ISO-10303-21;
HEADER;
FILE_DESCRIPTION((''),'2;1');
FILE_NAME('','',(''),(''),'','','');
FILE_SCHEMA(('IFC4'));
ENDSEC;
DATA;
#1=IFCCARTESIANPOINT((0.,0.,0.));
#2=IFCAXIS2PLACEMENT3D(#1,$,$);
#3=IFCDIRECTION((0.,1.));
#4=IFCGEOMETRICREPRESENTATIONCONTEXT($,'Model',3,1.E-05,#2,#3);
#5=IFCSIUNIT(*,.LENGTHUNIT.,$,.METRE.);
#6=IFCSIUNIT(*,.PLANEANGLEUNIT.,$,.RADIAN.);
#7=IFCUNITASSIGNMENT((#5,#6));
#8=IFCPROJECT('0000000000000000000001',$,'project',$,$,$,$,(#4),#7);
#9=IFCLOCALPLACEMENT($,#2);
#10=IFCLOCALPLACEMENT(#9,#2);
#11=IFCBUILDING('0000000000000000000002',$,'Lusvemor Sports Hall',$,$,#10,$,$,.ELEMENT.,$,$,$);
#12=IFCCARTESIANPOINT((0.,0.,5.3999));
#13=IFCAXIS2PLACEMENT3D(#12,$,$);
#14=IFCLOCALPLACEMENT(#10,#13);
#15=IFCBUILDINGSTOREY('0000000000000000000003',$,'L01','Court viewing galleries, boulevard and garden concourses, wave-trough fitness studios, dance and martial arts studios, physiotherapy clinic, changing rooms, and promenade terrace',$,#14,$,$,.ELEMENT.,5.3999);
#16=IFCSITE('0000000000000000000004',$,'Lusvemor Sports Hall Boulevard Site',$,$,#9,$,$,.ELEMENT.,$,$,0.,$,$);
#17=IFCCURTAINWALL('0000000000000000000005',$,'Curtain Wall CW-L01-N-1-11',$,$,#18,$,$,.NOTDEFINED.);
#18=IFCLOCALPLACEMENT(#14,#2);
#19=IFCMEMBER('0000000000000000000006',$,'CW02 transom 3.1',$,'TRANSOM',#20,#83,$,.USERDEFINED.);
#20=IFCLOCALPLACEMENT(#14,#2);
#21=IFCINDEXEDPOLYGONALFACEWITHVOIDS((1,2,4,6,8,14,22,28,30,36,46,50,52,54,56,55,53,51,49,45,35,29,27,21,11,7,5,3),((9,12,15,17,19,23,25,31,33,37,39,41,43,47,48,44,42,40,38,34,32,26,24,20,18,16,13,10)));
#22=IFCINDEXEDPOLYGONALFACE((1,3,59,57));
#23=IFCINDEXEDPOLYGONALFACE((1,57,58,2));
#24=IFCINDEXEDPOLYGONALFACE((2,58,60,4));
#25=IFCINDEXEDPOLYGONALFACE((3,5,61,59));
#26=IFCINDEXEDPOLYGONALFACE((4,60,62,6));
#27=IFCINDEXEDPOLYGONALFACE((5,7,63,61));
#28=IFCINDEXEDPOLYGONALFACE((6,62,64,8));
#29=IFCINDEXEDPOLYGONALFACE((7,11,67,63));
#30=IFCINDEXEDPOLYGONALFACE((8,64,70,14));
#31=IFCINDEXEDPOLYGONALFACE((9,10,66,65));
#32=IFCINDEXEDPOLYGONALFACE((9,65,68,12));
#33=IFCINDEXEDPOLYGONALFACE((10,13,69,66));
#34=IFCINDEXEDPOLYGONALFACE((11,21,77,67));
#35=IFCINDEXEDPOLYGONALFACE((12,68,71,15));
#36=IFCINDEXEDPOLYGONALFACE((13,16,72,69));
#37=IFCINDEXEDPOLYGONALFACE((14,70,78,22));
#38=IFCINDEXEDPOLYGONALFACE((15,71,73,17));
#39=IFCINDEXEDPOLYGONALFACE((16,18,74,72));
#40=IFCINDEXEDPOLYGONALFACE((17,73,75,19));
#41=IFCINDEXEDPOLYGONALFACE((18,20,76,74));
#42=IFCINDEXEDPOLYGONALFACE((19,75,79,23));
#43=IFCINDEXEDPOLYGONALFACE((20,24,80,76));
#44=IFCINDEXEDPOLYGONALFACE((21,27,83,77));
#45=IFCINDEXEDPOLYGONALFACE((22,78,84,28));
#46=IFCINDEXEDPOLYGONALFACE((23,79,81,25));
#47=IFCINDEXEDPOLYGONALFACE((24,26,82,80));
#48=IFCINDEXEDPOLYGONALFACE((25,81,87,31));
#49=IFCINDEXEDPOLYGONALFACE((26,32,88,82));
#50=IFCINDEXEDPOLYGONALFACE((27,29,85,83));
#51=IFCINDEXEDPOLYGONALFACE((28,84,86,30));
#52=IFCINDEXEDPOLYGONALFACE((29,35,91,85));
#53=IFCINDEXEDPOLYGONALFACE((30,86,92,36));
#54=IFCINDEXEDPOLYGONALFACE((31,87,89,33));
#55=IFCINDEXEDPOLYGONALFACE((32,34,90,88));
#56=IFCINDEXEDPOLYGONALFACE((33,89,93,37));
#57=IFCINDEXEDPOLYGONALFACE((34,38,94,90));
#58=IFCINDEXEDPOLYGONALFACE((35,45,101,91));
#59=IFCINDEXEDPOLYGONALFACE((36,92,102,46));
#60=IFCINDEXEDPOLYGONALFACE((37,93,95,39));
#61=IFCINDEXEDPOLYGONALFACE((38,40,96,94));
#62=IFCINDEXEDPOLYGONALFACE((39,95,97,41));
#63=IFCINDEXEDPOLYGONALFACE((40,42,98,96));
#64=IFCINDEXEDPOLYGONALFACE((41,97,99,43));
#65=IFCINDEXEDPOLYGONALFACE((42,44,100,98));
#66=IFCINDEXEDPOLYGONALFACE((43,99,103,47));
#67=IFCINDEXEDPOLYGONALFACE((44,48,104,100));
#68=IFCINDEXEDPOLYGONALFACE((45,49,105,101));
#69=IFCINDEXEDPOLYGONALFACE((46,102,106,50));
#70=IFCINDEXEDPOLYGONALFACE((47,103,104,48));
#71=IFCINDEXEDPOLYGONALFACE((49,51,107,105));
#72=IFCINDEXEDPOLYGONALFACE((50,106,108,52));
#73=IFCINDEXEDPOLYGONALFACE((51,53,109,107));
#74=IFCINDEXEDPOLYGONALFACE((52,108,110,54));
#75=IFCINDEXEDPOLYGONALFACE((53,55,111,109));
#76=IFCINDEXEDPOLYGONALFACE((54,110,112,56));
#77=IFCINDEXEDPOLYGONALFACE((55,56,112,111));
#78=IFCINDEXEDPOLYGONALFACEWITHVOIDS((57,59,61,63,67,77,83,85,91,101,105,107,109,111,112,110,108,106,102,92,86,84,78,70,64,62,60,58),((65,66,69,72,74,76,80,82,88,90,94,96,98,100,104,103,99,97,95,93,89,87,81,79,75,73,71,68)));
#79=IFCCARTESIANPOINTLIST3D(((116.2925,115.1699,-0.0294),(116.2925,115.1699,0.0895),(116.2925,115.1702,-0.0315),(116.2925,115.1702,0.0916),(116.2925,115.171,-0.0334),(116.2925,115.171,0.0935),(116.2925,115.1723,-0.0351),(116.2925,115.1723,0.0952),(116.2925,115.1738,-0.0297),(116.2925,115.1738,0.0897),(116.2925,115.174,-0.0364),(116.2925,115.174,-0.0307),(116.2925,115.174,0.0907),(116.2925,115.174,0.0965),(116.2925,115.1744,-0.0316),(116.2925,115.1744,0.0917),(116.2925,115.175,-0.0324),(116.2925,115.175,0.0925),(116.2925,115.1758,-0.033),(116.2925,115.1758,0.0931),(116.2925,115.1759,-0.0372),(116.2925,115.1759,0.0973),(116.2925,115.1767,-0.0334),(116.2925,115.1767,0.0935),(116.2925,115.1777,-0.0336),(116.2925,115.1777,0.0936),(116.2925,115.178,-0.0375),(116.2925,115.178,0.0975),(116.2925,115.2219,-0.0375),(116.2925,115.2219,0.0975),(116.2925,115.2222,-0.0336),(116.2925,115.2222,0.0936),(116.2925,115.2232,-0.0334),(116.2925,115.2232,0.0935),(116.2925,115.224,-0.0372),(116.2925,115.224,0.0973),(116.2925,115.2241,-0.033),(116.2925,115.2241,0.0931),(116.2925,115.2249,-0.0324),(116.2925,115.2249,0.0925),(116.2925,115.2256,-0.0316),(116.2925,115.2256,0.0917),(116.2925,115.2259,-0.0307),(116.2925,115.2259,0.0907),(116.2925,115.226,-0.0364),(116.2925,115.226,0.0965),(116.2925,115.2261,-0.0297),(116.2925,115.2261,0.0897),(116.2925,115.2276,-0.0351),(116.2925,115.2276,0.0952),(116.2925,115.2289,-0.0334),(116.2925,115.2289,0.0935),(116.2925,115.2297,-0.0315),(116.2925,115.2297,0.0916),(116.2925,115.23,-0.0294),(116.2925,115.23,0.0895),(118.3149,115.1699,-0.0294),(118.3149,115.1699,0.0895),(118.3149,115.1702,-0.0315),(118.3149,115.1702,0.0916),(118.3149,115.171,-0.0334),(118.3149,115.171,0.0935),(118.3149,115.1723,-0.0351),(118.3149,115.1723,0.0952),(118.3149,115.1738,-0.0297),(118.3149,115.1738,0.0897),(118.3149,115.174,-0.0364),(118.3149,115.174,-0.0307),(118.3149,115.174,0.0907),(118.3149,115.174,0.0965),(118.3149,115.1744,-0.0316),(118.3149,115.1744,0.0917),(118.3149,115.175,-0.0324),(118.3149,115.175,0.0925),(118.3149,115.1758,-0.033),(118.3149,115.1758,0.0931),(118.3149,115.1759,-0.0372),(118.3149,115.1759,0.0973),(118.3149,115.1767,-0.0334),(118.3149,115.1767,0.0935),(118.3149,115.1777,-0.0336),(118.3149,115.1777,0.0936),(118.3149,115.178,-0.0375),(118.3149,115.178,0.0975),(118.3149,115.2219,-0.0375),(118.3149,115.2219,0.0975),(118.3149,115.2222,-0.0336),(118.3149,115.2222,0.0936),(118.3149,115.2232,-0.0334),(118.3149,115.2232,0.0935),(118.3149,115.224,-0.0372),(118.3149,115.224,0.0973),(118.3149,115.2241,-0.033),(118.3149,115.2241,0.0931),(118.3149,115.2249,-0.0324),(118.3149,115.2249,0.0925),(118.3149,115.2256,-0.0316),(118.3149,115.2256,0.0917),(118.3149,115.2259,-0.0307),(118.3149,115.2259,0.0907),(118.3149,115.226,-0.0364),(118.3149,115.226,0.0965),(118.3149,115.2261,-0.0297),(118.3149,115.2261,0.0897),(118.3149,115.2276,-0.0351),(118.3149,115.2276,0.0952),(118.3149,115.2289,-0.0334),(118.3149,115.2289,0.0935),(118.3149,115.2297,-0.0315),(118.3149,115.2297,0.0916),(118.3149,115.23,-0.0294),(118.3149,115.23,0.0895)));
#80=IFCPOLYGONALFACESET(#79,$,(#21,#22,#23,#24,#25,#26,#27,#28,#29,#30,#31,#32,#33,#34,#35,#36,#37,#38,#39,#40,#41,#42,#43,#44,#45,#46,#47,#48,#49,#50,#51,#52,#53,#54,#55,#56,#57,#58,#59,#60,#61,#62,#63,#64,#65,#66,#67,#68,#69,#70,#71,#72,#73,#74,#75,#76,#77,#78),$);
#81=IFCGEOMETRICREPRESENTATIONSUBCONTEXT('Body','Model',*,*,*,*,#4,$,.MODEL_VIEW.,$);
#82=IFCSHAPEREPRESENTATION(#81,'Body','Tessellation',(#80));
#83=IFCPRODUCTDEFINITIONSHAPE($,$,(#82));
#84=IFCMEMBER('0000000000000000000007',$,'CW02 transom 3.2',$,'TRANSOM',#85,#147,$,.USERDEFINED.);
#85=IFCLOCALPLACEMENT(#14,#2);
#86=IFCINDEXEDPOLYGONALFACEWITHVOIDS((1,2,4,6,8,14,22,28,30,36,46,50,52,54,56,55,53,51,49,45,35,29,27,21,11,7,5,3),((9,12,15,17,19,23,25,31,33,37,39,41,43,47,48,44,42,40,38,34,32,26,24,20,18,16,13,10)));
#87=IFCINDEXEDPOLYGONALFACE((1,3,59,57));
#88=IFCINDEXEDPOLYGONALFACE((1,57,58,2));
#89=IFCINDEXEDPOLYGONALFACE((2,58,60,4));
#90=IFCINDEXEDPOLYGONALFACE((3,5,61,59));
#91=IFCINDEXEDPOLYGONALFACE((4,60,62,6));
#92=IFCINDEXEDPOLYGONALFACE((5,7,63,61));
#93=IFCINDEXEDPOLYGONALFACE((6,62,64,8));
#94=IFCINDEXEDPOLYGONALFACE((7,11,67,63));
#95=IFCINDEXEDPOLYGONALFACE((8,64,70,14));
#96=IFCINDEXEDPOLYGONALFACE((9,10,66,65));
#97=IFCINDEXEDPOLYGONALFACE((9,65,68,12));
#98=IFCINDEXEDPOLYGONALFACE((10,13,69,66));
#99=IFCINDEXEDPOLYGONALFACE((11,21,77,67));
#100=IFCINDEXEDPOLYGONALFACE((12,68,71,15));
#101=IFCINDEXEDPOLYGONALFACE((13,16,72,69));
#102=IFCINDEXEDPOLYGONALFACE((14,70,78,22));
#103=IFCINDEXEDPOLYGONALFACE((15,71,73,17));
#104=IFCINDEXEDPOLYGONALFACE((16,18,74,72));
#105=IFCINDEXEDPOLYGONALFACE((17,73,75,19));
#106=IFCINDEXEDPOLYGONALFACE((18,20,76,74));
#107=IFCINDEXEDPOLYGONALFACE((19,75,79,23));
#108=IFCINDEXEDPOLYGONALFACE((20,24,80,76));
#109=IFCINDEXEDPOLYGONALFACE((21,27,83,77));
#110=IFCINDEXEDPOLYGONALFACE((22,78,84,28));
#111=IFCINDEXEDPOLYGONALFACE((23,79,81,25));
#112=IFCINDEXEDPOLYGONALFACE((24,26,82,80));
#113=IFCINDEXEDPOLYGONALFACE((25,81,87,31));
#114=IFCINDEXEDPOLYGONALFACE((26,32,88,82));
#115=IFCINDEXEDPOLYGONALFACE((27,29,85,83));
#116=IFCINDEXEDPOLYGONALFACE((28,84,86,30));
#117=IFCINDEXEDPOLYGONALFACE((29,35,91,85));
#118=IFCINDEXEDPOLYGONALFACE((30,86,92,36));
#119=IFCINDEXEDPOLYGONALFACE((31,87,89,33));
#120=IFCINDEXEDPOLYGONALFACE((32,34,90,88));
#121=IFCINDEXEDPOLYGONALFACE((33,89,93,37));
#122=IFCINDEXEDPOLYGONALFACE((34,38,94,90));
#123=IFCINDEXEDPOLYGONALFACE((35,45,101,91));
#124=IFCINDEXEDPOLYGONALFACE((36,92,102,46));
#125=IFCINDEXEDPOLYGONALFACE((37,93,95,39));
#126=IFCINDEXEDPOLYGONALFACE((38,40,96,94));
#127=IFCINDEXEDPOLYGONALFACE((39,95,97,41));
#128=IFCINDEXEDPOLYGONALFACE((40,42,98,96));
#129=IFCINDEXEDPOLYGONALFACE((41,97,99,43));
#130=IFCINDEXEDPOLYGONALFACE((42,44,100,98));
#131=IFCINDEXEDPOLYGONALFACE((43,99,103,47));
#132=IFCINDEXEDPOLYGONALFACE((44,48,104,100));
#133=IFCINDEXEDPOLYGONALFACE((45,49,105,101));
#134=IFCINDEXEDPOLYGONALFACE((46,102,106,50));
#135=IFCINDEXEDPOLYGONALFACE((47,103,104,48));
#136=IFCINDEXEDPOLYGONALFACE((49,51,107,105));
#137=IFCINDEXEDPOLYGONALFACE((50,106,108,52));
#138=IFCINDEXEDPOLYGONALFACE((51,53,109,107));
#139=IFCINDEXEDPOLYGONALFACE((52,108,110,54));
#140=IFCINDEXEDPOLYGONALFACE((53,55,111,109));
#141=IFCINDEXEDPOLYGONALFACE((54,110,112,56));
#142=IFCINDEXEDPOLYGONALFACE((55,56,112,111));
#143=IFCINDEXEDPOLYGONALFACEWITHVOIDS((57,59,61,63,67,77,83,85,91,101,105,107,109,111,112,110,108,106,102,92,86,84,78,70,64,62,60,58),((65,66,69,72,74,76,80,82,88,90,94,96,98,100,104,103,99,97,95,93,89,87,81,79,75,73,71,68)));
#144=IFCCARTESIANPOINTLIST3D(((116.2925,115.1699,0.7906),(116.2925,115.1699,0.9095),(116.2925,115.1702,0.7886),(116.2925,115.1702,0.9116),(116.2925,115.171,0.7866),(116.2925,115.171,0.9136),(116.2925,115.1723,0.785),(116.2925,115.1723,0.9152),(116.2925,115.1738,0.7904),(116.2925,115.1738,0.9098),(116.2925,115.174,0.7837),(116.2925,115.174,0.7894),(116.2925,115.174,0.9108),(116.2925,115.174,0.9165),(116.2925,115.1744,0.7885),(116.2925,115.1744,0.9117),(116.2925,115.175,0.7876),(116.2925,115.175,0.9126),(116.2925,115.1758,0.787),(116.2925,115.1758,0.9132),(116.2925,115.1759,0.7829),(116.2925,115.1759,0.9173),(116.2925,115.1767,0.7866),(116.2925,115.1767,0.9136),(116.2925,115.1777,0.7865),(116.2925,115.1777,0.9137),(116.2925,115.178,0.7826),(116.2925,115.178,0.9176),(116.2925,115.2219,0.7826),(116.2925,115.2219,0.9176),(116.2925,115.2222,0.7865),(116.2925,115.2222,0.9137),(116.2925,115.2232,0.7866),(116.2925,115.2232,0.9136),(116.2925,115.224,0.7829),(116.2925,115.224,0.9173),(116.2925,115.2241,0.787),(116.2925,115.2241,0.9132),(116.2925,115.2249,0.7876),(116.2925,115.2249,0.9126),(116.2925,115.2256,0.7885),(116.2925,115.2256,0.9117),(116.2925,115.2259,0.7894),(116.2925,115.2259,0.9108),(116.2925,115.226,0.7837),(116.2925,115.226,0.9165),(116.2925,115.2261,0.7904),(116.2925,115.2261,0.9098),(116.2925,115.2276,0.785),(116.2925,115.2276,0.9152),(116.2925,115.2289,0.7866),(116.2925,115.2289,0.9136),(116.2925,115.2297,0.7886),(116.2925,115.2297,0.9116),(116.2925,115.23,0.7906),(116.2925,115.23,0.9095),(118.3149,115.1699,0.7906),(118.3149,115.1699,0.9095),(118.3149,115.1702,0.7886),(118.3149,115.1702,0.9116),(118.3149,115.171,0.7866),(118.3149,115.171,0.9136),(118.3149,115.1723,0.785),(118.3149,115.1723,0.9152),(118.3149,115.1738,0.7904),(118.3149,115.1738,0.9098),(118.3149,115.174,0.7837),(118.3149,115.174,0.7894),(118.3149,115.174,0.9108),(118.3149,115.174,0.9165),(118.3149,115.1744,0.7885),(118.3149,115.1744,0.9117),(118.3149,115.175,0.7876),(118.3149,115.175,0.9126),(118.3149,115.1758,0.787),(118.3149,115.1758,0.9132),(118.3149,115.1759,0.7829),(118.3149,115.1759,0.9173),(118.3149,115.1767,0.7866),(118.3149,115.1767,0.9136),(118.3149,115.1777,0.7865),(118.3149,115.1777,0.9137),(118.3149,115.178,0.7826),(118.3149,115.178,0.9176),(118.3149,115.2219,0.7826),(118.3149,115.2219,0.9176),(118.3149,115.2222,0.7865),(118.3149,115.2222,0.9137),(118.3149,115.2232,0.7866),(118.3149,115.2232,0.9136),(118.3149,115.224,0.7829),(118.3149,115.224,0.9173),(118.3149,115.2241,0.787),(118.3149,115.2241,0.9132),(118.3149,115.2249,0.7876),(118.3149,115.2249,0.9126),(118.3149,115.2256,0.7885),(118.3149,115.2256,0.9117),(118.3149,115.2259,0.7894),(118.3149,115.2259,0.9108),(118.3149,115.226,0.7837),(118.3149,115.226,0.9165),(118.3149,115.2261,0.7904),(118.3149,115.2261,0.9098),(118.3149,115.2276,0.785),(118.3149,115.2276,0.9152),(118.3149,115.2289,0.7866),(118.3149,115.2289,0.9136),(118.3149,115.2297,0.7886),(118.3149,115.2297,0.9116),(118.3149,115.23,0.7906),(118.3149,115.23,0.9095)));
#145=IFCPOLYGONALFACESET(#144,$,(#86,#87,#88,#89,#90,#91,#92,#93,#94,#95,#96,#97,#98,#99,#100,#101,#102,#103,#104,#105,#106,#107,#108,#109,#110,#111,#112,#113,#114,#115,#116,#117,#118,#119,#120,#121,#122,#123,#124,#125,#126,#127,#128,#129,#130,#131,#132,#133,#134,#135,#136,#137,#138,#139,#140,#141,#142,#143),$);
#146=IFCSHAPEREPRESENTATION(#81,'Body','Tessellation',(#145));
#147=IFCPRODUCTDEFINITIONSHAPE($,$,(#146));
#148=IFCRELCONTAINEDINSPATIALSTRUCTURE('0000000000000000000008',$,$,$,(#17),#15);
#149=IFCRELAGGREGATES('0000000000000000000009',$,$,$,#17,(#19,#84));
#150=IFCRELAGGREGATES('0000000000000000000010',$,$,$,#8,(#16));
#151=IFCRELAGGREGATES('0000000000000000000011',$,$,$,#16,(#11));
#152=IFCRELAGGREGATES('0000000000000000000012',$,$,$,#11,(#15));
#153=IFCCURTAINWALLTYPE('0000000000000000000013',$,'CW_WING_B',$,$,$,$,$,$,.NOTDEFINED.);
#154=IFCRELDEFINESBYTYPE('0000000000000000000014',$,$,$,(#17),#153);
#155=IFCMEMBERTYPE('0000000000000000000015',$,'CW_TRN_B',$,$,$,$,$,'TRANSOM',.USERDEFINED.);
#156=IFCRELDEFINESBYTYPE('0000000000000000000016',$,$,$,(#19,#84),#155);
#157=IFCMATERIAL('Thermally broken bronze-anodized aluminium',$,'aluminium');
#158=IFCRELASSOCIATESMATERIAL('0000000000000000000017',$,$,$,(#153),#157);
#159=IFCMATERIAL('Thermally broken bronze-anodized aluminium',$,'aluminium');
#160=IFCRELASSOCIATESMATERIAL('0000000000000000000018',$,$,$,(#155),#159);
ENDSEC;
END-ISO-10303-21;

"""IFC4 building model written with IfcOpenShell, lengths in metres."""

from ifc_helpers import new_model, si_unit, direction, frame, origin, origin_2d, place, context, subcontext, project, spatial, hollow_rectangle, extrude, material, material_profile, profile_set, type_object, element, aggregate, save


model = new_model("IFC4")

# Units and contexts
model_context = context("Model", 3, precision=1e-05, world=origin(), true_north=direction((0.0, 1.0)))
body_context = subcontext(model_context, "Body", "Model", "MODEL_VIEW")
ifc_project = project(units=[si_unit("LENGTHUNIT", "METRE"), si_unit("PLANEANGLEUNIT", "RADIAN")], contexts=[model_context])

# Site, building, storey
site_placement = place(None, origin())
site = spatial("IfcSite", under=ifc_project, at=site_placement, Name="Lusvemor Sports Hall Boulevard Site", CompositionType="ELEMENT", RefElevation=0.0)
building_placement = place(site_placement, origin())
building = spatial("IfcBuilding", under=site, at=building_placement, Name="Lusvemor Sports Hall", CompositionType="ELEMENT")
storey_placement = place(building_placement, frame((0.0, 0.0, 5.3999)))
storey = spatial("IfcBuildingStorey", under=building, at=storey_placement, Name="L01", Description="Court viewing galleries, boulevard and garden concourses, wave-trough fitness studios, dance and martial arts studios, physiotherapy clinic, changing rooms, and promenade terrace", CompositionType="ELEMENT", Elevation=5.3999)

# Curtain wall, members
ifc_material_1 = material(Name="Thermally broken bronze-anodized aluminium", Category="aluminium")
curtain_wall_type = type_object("IfcCurtainWallType", Name="CW_WING_B", PredefinedType="NOTDEFINED", material=ifc_material_1)
curtain_wall_placement = place(storey_placement, origin())
curtain_wall = element("IfcCurtainWall", 1, at=curtain_wall_placement, inside=storey, type_object=curtain_wall_type, Name="Curtain Wall CW-L01-N-1-11", PredefinedType="NOTDEFINED")
ifc_material_2 = material(Name="Thermally broken bronze-anodized aluminium", Category="aluminium")
ifc_material_profile_1 = material_profile(ifc_material_2, hollow_rectangle(XDim=0.0601, YDim=0.135, WallThickness=0.0039, InnerFilletRadius=0.0039, OuterFilletRadius=0.0081, at=origin_2d()), Name="CWTRN135x60x4")
ifc_profile_set_1 = profile_set([ifc_material_profile_1], Name="Thermally broken bronze-anodized aluminium")
member_type_1 = type_object("IfcMemberType", Name="CW_TRN_B", ElementType="TRANSOM", PredefinedType="USERDEFINED", material=ifc_profile_set_1)
member_1_placement = place(storey_placement, frame((116.2925, 115.2, 0.03), z_axis=(1.0, 0.0, 0.0), x_axis=(0.0, 1.0, 0.0)))
member_1 = element("IfcMember", 2, at=member_1_placement, type_object=member_type_1, Name="CW02 transom 3.1", ObjectType="TRANSOM", PredefinedType="USERDEFINED", context=body_context, shape_type="SweptSolid", body=[
    extrude(hollow_rectangle(XDim=0.0601, YDim=0.135, WallThickness=0.0039, InnerFilletRadius=0.0039, OuterFilletRadius=0.0081, at=origin_2d()), origin(), (0.0, 0.0, 1.0), 2.0225),
])
member_2_placement = place(storey_placement, frame((116.2925, 115.2, 0.8501), z_axis=(1.0, 0.0, 0.0), x_axis=(0.0, 1.0, 0.0)))
member_2 = element("IfcMember", 3, at=member_2_placement, type_object=member_type_1, Name="CW02 transom 3.2", ObjectType="TRANSOM", PredefinedType="USERDEFINED", context=body_context, shape_type="SweptSolid", body=[
    extrude(hollow_rectangle(XDim=0.0601, YDim=0.135, WallThickness=0.0039, InnerFilletRadius=0.0039, OuterFilletRadius=0.0081, at=origin_2d()), origin(), (0.0, 0.0, 1.0), 2.0225),
])

aggregate(curtain_wall, [member_1, member_2])

save(model, "model.ifc")
